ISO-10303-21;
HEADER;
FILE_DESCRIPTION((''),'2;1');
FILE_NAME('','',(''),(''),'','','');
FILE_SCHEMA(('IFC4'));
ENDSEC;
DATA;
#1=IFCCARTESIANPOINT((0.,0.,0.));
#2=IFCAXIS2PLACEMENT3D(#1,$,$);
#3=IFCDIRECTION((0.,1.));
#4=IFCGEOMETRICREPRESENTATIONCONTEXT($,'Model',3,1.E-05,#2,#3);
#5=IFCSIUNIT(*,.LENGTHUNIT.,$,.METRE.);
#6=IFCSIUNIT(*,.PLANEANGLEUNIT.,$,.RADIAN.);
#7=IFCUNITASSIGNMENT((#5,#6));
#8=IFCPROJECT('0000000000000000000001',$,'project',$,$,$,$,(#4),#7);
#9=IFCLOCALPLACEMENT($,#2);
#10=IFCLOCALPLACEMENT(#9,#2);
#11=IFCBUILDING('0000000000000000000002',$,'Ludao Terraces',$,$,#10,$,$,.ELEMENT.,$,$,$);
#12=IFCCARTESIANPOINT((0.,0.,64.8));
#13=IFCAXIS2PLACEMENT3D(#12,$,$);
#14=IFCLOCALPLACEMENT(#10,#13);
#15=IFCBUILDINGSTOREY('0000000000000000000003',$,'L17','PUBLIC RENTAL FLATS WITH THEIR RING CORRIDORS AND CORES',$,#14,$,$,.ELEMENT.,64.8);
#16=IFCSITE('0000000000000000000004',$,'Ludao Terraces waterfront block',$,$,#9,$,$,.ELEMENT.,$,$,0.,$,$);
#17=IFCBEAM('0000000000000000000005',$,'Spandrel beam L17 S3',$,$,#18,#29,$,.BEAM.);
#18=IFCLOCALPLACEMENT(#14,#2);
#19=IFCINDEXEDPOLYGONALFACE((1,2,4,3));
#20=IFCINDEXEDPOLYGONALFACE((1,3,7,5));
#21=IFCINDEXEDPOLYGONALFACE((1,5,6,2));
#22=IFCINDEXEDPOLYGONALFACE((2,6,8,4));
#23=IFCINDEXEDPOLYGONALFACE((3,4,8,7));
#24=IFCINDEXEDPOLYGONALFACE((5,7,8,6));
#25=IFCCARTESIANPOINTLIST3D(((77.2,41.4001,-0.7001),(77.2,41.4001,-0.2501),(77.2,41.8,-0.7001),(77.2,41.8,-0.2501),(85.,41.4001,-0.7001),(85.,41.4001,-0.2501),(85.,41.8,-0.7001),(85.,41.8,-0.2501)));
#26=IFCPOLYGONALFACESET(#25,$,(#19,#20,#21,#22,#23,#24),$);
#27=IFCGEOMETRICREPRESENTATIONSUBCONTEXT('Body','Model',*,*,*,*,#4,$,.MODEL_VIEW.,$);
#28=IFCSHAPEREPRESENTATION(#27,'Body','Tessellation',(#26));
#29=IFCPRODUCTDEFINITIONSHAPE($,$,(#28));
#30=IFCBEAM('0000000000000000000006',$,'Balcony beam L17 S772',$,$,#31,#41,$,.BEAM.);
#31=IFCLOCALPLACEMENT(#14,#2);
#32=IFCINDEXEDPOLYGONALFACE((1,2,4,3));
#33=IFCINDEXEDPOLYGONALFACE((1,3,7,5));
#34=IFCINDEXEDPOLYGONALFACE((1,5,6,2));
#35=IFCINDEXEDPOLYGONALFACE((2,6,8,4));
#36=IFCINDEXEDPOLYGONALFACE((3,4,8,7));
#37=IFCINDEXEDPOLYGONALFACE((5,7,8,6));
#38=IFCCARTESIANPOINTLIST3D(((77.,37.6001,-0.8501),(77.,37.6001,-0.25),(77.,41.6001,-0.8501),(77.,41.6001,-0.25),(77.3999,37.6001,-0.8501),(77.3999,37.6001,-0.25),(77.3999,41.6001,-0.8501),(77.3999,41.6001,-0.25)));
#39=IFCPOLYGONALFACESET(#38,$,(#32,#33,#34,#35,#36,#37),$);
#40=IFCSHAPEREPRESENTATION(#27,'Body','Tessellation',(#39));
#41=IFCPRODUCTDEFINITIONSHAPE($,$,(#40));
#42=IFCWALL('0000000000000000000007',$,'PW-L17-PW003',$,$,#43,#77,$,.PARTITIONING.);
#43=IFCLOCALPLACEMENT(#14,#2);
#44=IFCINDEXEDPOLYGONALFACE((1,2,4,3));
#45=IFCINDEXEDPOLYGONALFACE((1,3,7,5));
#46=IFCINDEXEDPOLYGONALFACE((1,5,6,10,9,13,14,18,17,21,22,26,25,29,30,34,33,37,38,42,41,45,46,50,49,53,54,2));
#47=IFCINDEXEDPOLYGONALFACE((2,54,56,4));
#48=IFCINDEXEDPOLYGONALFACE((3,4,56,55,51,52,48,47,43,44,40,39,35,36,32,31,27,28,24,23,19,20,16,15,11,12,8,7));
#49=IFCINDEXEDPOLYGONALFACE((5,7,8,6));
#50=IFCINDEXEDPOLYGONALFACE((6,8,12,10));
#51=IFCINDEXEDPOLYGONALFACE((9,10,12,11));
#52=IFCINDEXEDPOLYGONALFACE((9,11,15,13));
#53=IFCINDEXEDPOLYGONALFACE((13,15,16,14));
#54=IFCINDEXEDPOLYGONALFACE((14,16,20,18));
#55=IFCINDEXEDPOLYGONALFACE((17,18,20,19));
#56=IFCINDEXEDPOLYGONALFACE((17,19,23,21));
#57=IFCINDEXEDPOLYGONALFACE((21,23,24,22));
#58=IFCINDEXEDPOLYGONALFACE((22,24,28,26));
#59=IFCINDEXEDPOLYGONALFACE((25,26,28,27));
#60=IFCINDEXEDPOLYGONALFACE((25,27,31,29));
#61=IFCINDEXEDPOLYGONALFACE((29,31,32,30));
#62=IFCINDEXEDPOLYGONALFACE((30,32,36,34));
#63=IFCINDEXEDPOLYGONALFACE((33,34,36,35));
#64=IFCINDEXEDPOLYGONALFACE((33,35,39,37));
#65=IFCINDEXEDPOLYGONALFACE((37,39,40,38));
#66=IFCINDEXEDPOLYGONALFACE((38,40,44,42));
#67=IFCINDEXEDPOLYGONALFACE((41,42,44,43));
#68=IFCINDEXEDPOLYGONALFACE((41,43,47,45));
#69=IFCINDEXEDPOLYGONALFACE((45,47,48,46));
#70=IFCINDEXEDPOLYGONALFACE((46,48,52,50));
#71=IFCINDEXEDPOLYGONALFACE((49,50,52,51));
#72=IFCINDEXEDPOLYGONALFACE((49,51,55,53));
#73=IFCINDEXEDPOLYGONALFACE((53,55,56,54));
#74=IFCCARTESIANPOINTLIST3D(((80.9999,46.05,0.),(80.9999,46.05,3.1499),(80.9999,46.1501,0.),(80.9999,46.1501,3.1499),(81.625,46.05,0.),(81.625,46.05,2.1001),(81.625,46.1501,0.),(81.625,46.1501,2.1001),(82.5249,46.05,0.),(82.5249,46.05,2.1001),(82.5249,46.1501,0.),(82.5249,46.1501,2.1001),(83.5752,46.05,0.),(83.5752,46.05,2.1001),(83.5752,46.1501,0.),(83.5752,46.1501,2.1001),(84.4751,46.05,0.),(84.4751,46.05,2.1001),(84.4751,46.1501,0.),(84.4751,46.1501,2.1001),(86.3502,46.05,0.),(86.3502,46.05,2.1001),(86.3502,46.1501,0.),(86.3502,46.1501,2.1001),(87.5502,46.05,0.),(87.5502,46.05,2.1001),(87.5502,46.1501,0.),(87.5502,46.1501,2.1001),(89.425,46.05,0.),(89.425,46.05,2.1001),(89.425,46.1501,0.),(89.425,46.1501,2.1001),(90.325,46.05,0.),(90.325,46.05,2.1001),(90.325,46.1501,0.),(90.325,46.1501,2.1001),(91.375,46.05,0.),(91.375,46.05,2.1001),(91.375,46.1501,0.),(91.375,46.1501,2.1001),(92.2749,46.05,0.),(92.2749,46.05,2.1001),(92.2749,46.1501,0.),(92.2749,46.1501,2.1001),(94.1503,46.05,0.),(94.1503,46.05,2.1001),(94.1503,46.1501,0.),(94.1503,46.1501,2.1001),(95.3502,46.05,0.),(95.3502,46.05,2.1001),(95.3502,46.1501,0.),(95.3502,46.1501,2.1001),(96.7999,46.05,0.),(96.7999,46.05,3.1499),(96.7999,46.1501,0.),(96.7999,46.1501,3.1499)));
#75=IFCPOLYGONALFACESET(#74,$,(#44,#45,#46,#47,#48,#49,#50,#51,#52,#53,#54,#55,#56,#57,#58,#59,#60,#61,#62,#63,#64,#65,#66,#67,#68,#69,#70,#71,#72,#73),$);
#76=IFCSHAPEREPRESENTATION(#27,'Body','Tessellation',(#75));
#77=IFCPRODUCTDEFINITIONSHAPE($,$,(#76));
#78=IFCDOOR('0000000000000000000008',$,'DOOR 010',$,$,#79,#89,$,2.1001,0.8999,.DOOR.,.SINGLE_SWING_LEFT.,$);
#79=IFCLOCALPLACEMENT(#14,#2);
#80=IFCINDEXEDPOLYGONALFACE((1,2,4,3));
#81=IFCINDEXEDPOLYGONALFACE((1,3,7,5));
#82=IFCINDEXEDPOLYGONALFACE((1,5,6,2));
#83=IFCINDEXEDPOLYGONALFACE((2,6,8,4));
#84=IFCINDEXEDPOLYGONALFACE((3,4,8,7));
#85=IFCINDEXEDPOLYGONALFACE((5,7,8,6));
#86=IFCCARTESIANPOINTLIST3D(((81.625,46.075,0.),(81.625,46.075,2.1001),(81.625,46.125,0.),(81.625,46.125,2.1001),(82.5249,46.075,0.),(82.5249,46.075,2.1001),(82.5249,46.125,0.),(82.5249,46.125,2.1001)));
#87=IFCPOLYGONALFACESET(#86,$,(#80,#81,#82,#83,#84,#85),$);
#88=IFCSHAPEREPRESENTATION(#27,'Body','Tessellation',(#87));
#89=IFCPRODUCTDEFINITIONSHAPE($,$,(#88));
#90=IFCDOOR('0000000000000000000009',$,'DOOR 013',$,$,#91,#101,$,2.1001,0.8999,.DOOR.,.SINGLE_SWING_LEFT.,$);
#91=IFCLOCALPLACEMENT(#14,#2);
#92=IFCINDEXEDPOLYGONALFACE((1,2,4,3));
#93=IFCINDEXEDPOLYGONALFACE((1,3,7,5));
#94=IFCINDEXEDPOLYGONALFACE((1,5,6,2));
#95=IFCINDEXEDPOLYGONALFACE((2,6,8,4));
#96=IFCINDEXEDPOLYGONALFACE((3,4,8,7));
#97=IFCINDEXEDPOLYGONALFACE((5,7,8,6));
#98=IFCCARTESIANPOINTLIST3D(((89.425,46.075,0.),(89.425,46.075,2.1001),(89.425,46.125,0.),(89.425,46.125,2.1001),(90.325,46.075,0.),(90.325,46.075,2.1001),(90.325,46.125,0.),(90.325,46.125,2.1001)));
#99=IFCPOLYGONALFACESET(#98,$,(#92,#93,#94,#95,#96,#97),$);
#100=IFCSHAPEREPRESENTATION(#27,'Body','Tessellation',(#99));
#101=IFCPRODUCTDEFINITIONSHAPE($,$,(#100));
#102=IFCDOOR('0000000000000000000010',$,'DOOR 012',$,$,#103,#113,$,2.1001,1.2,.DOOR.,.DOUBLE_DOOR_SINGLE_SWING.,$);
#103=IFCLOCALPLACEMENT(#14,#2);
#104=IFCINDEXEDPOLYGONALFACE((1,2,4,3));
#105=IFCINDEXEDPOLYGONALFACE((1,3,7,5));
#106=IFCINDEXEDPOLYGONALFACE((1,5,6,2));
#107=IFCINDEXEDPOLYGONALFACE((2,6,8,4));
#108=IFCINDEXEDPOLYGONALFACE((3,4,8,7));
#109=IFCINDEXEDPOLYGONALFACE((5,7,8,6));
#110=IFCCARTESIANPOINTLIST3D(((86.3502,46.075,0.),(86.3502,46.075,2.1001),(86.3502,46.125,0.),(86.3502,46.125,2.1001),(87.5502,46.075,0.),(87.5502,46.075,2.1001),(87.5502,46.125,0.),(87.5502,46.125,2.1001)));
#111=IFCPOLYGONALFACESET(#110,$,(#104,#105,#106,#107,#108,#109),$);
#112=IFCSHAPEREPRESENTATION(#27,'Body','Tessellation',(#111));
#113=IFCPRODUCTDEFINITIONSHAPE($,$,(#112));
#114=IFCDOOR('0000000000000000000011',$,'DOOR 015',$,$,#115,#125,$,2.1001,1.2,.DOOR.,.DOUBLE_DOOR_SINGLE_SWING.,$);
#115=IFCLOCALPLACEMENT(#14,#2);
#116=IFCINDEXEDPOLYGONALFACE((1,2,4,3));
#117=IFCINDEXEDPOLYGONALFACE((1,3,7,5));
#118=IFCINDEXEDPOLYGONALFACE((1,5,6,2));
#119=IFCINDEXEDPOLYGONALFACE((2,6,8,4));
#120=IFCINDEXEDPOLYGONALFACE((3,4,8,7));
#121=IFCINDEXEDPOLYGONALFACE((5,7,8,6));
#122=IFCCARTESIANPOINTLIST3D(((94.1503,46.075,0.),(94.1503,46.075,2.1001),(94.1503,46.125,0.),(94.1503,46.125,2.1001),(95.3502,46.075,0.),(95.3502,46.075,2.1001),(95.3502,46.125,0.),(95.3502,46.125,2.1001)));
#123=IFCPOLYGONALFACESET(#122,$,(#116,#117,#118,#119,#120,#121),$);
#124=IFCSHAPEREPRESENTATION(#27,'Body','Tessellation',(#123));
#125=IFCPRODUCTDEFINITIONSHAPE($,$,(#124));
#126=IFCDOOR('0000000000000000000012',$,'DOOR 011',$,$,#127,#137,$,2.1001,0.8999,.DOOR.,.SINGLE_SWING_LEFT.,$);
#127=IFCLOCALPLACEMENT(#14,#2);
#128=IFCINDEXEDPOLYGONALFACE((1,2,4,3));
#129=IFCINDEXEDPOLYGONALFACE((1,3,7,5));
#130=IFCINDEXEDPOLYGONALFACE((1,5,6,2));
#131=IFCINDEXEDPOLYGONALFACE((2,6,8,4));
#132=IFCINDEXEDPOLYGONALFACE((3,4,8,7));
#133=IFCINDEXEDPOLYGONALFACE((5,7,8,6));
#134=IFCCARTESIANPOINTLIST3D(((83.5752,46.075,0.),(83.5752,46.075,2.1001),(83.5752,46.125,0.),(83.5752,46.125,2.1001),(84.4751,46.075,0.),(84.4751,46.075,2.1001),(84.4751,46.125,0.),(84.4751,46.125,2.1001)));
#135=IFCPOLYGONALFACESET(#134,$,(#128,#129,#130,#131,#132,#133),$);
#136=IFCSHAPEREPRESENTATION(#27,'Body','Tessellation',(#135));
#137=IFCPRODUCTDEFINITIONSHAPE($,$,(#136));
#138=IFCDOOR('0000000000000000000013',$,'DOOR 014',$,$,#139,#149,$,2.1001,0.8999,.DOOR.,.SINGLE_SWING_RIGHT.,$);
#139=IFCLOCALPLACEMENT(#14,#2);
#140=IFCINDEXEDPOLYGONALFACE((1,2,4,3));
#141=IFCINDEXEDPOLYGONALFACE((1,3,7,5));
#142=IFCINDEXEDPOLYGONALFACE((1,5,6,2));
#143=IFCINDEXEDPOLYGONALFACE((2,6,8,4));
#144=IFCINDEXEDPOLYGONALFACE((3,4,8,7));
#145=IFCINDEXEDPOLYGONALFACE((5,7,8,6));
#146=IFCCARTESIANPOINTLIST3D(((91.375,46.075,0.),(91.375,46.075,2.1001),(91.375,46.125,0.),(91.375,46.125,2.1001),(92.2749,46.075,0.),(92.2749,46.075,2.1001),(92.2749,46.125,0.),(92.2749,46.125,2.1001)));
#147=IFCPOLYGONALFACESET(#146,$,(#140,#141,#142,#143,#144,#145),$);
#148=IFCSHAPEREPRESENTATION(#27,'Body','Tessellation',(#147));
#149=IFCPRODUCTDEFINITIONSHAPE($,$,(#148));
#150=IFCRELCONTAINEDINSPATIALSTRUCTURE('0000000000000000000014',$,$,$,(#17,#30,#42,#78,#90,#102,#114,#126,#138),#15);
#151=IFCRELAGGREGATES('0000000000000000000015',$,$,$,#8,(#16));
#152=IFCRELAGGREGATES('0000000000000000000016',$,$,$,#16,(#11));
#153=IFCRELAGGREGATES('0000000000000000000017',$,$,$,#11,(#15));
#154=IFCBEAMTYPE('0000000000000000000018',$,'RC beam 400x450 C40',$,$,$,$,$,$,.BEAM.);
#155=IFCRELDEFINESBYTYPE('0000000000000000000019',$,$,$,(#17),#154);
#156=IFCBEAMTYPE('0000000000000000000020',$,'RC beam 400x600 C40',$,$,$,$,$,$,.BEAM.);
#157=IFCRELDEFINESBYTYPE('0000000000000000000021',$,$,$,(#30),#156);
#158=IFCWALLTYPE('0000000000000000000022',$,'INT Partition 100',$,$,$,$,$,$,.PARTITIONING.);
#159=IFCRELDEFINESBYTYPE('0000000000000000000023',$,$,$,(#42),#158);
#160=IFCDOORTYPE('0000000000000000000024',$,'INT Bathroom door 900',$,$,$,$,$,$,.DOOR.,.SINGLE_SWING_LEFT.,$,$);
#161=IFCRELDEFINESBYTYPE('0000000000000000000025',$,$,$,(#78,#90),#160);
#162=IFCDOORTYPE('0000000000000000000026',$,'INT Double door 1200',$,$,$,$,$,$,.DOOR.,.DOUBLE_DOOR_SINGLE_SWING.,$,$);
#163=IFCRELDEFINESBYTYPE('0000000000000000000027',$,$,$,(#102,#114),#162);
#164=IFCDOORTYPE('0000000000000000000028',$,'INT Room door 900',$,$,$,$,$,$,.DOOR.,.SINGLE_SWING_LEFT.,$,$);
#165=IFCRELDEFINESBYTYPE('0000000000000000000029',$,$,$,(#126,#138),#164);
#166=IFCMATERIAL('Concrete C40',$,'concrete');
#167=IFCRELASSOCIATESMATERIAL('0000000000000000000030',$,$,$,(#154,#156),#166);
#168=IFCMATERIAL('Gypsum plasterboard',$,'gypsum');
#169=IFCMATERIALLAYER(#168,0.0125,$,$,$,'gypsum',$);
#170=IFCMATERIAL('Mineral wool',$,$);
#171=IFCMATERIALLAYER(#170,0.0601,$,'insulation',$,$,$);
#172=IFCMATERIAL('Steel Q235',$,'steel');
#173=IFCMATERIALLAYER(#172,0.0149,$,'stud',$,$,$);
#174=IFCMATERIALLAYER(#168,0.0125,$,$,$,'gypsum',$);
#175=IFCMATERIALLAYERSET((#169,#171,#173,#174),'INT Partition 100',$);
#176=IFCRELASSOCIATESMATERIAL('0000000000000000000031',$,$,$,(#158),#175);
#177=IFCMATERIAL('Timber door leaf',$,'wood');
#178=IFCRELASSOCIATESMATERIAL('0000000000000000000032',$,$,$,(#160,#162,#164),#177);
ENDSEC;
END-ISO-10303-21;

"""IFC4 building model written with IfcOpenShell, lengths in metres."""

from ifc_helpers import new_model, si_unit, direction, frame, frame_2d, origin, origin_2d, place, context, subcontext, project, spatial, rectangle, extrude, material, layer, layer_set, material_profile, profile_set, type_object, element, fill, save


model = new_model("IFC4")

# Units and contexts
model_context = context("Model", 3, precision=1e-05, world=origin(), true_north=direction((0.0, 1.0)))
body_context = subcontext(model_context, "Body", "Model", "MODEL_VIEW")
ifc_project = project(units=[si_unit("LENGTHUNIT", "METRE"), si_unit("PLANEANGLEUNIT", "RADIAN")], contexts=[model_context])

# Site, building, storey
site_placement = place(None, origin())
site = spatial("IfcSite", under=ifc_project, at=site_placement, Name="Ludao Terraces waterfront block", CompositionType="ELEMENT", RefElevation=0.0)
building_placement = place(site_placement, origin())
building = spatial("IfcBuilding", under=site, at=building_placement, Name="Ludao Terraces", CompositionType="ELEMENT")
storey_placement = place(building_placement, frame((0.0, 0.0, 64.8)))
storey = spatial("IfcBuildingStorey", under=building, at=storey_placement, Name="L17", Description="PUBLIC RENTAL FLATS WITH THEIR RING CORRIDORS AND CORES", CompositionType="ELEMENT", Elevation=64.8)

# Beams
ifc_material_1 = material(Name="Concrete C40", Category="concrete")
ifc_material_profile_1 = material_profile(ifc_material_1, rectangle(XDim=0.3999, YDim=0.45, at=origin_2d()), Name="400 X 450")
ifc_profile_set_1 = profile_set([ifc_material_profile_1], Name="Concrete C40")
beam_type_1 = type_object("IfcBeamType", Name="RC beam 400x450 C40", PredefinedType="BEAM", material=ifc_profile_set_1)
beam_1_placement = place(storey_placement, frame((77.2, 41.6001, -0.4751), z_axis=(1.0, 0.0, 0.0), x_axis=(0.0, 1.0, 0.0)))
element("IfcBeam", 1, at=beam_1_placement, inside=storey, type_object=beam_type_1, Name="Spandrel beam L17 S3", PredefinedType="BEAM", context=body_context, shape_type="SweptSolid", body=[
    extrude(rectangle(XDim=0.3999, YDim=0.45, at=origin_2d()), origin(), (0.0, 0.0, 1.0), 7.8),
])
ifc_material_profile_2 = material_profile(ifc_material_1, rectangle(XDim=0.3999, YDim=0.6001, at=origin_2d()), Name="400 X 600")
ifc_profile_set_2 = profile_set([ifc_material_profile_2], Name="Concrete C40")
beam_type_2 = type_object("IfcBeamType", Name="RC beam 400x600 C40", PredefinedType="BEAM", material=ifc_profile_set_2)
beam_2_placement = place(storey_placement, frame((77.2, 41.6001, -0.55), z_axis=(0.0, -1.0, 0.0), x_axis=(1.0, 0.0, 0.0)))
element("IfcBeam", 2, at=beam_2_placement, inside=storey, type_object=beam_type_2, Name="Balcony beam L17 S772", PredefinedType="BEAM", context=body_context, shape_type="SweptSolid", body=[
    extrude(rectangle(XDim=0.3999, YDim=0.6001, at=origin_2d()), origin(), (0.0, 0.0, 1.0), 4.0),
])

# Shared definitions
ifc_material_2 = material(Name="Mineral wool")

# Wall, openings, doors
ifc_material_3 = material(Name="Gypsum plasterboard", Category="gypsum")
ifc_layer_1 = layer(ifc_material_3, 0.0125, Category="gypsum")
ifc_layer_2 = layer(ifc_material_2, 0.0601, Name="insulation")
ifc_material_4 = material(Name="Steel Q235", Category="steel")
ifc_layer_3 = layer(ifc_material_4, 0.0149, Name="stud")
ifc_layer_4 = layer(ifc_material_3, 0.0125, Category="gypsum")
ifc_layer_set_1 = layer_set([ifc_layer_1, ifc_layer_2, ifc_layer_3, ifc_layer_4], Name="INT Partition 100")
wall_type_1 = type_object("IfcWallType", Name="INT Partition 100", PredefinedType="PARTITIONING", material=ifc_layer_set_1)
wall_1_placement = place(storey_placement, frame((81.0, 46.1001, 0.0), z_axis=(0.0, 0.0, 1.0), x_axis=(1.0, 0.0, 0.0)))
wall_1 = element("IfcWall", 3, at=wall_1_placement, inside=storey, type_object=wall_type_1, Name="PW-L17-PW003", PredefinedType="PARTITIONING", context=body_context, shape_type="SweptSolid", body=[
    extrude(rectangle(XDim=15.8, YDim=0.1001, at=frame_2d((7.8999, 0.0))), origin(), (0.0, 0.0, 1.0), 3.1499),
])
opening_1_placement = place(wall_1_placement, frame((0.625, 0.0, 0.0)))
opening_1 = element("IfcOpeningElement", 4, at=opening_1_placement, cuts=wall_1, PredefinedType="OPENING", context=body_context, shape_type="SweptSolid", body=[
    extrude(rectangle(XDim=0.8999, YDim=2.1001, at=frame_2d((0.45, 1.05))), frame((0.0, 0.0601, 0.0), z_axis=(0.0, -1.0, 0.0), x_axis=(1.0, 0.0, 0.0)), (0.0, 0.0, 1.0), 0.1201),
])
opening_2_placement = place(wall_1_placement, frame((2.5752, 0.0, 0.0)))
opening_2 = element("IfcOpeningElement", 5, at=opening_2_placement, cuts=wall_1, PredefinedType="OPENING", context=body_context, shape_type="SweptSolid", body=[
    extrude(rectangle(XDim=0.8999, YDim=2.1001, at=frame_2d((0.45, 1.05))), frame((0.0, 0.0601, 0.0), z_axis=(0.0, -1.0, 0.0), x_axis=(1.0, 0.0, 0.0)), (0.0, 0.0, 1.0), 0.1201),
])
opening_3_placement = place(wall_1_placement, frame((5.3501, 0.0, 0.0)))
opening_3 = element("IfcOpeningElement", 6, at=opening_3_placement, cuts=wall_1, PredefinedType="OPENING", context=body_context, shape_type="SweptSolid", body=[
    extrude(rectangle(XDim=1.2, YDim=2.1001, at=frame_2d((0.6001, 1.05))), frame((0.0, 0.0601, 0.0), z_axis=(0.0, -1.0, 0.0), x_axis=(1.0, 0.0, 0.0)), (0.0, 0.0, 1.0), 0.1201),
])
opening_4_placement = place(wall_1_placement, frame((8.425, 0.0, 0.0)))
opening_4 = element("IfcOpeningElement", 7, at=opening_4_placement, cuts=wall_1, PredefinedType="OPENING", context=body_context, shape_type="SweptSolid", body=[
    extrude(rectangle(XDim=0.8999, YDim=2.1001, at=frame_2d((0.45, 1.05))), frame((0.0, 0.0601, 0.0), z_axis=(0.0, -1.0, 0.0), x_axis=(1.0, 0.0, 0.0)), (0.0, 0.0, 1.0), 0.1201),
])
opening_5_placement = place(wall_1_placement, frame((10.375, 0.0, 0.0)))
opening_5 = element("IfcOpeningElement", 8, at=opening_5_placement, cuts=wall_1, PredefinedType="OPENING", context=body_context, shape_type="SweptSolid", body=[
    extrude(rectangle(XDim=0.8999, YDim=2.1001, at=frame_2d((0.45, 1.05))), frame((0.0, 0.0601, 0.0), z_axis=(0.0, -1.0, 0.0), x_axis=(1.0, 0.0, 0.0)), (0.0, 0.0, 1.0), 0.1201),
])
opening_6_placement = place(wall_1_placement, frame((13.1501, 0.0, 0.0)))
opening_6 = element("IfcOpeningElement", 9, at=opening_6_placement, cuts=wall_1, PredefinedType="OPENING", context=body_context, shape_type="SweptSolid", body=[
    extrude(rectangle(XDim=1.2, YDim=2.1001, at=frame_2d((0.6001, 1.05))), frame((0.0, 0.0601, 0.0), z_axis=(0.0, -1.0, 0.0), x_axis=(1.0, 0.0, 0.0)), (0.0, 0.0, 1.0), 0.1201),
])
ifc_material_5 = material(Name="Timber door leaf", Category="wood")
door_type_1 = type_object("IfcDoorType", Name="INT Bathroom door 900", OperationType="SINGLE_SWING_LEFT", PredefinedType="DOOR", material=ifc_material_5)
door_1_placement = place(opening_1_placement, origin())
door_1 = element("IfcDoor", 10, at=door_1_placement, inside=storey, type_object=door_type_1, Name="DOOR 010", OperationType="SINGLE_SWING_LEFT", OverallHeight=2.1001, OverallWidth=0.8999, PredefinedType="DOOR", context=body_context, shape_type="SweptSolid", body=[
    extrude(rectangle(XDim=0.8999, YDim=2.1001, at=frame_2d((0.45, 1.05))), frame((0.0, 0.0249, 0.0), z_axis=(0.0, -1.0, 0.0), x_axis=(1.0, 0.0, 0.0)), (0.0, 0.0, 1.0), 0.05),
])
fill(opening_1, door_1)
door_2_placement = place(opening_4_placement, origin())
door_2 = element("IfcDoor", 11, at=door_2_placement, inside=storey, type_object=door_type_1, Name="DOOR 013", OperationType="SINGLE_SWING_LEFT", OverallHeight=2.1001, OverallWidth=0.8999, PredefinedType="DOOR", context=body_context, shape_type="SweptSolid", body=[
    extrude(rectangle(XDim=0.8999, YDim=2.1001, at=frame_2d((0.45, 1.05))), frame((0.0, 0.0249, 0.0), z_axis=(0.0, -1.0, 0.0), x_axis=(1.0, 0.0, 0.0)), (0.0, 0.0, 1.0), 0.05),
])
fill(opening_4, door_2)
door_type_2 = type_object("IfcDoorType", Name="INT Double door 1200", OperationType="DOUBLE_DOOR_SINGLE_SWING", PredefinedType="DOOR", material=ifc_material_5)
door_3_placement = place(opening_3_placement, origin())
door_3 = element("IfcDoor", 12, at=door_3_placement, inside=storey, type_object=door_type_2, Name="DOOR 012", OperationType="DOUBLE_DOOR_SINGLE_SWING", OverallHeight=2.1001, OverallWidth=1.2, PredefinedType="DOOR", context=body_context, shape_type="SweptSolid", body=[
    extrude(rectangle(XDim=1.2, YDim=2.1001, at=frame_2d((0.6001, 1.05))), frame((0.0, 0.0249, 0.0), z_axis=(0.0, -1.0, 0.0), x_axis=(1.0, 0.0, 0.0)), (0.0, 0.0, 1.0), 0.05),
])
fill(opening_3, door_3)
door_4_placement = place(opening_6_placement, origin())
door_4 = element("IfcDoor", 13, at=door_4_placement, inside=storey, type_object=door_type_2, Name="DOOR 015", OperationType="DOUBLE_DOOR_SINGLE_SWING", OverallHeight=2.1001, OverallWidth=1.2, PredefinedType="DOOR", context=body_context, shape_type="SweptSolid", body=[
    extrude(rectangle(XDim=1.2, YDim=2.1001, at=frame_2d((0.6001, 1.05))), frame((0.0, 0.0249, 0.0), z_axis=(0.0, -1.0, 0.0), x_axis=(1.0, 0.0, 0.0)), (0.0, 0.0, 1.0), 0.05),
])
fill(opening_6, door_4)
door_type_3 = type_object("IfcDoorType", Name="INT Room door 900", OperationType="SINGLE_SWING_LEFT", PredefinedType="DOOR", material=ifc_material_5)
door_5_placement = place(opening_2_placement, origin())
door_5 = element("IfcDoor", 14, at=door_5_placement, inside=storey, type_object=door_type_3, Name="DOOR 011", OperationType="SINGLE_SWING_LEFT", OverallHeight=2.1001, OverallWidth=0.8999, PredefinedType="DOOR", context=body_context, shape_type="SweptSolid", body=[
    extrude(rectangle(XDim=0.8999, YDim=2.1001, at=frame_2d((0.45, 1.05))), frame((0.0, 0.0249, 0.0), z_axis=(0.0, -1.0, 0.0), x_axis=(1.0, 0.0, 0.0)), (0.0, 0.0, 1.0), 0.05),
])
fill(opening_2, door_5)
door_6_placement = place(opening_5_placement, origin())
door_6 = element("IfcDoor", 15, at=door_6_placement, inside=storey, type_object=door_type_3, Name="DOOR 014", OperationType="SINGLE_SWING_RIGHT", OverallHeight=2.1001, OverallWidth=0.8999, PredefinedType="DOOR", context=body_context, shape_type="SweptSolid", body=[
    extrude(rectangle(XDim=0.8999, YDim=2.1001, at=frame_2d((0.45, 1.05))), frame((0.0, 0.0249, 0.0), z_axis=(0.0, -1.0, 0.0), x_axis=(1.0, 0.0, 0.0)), (0.0, 0.0, 1.0), 0.05),
])
fill(opening_5, door_6)

save(model, "model.ifc")
